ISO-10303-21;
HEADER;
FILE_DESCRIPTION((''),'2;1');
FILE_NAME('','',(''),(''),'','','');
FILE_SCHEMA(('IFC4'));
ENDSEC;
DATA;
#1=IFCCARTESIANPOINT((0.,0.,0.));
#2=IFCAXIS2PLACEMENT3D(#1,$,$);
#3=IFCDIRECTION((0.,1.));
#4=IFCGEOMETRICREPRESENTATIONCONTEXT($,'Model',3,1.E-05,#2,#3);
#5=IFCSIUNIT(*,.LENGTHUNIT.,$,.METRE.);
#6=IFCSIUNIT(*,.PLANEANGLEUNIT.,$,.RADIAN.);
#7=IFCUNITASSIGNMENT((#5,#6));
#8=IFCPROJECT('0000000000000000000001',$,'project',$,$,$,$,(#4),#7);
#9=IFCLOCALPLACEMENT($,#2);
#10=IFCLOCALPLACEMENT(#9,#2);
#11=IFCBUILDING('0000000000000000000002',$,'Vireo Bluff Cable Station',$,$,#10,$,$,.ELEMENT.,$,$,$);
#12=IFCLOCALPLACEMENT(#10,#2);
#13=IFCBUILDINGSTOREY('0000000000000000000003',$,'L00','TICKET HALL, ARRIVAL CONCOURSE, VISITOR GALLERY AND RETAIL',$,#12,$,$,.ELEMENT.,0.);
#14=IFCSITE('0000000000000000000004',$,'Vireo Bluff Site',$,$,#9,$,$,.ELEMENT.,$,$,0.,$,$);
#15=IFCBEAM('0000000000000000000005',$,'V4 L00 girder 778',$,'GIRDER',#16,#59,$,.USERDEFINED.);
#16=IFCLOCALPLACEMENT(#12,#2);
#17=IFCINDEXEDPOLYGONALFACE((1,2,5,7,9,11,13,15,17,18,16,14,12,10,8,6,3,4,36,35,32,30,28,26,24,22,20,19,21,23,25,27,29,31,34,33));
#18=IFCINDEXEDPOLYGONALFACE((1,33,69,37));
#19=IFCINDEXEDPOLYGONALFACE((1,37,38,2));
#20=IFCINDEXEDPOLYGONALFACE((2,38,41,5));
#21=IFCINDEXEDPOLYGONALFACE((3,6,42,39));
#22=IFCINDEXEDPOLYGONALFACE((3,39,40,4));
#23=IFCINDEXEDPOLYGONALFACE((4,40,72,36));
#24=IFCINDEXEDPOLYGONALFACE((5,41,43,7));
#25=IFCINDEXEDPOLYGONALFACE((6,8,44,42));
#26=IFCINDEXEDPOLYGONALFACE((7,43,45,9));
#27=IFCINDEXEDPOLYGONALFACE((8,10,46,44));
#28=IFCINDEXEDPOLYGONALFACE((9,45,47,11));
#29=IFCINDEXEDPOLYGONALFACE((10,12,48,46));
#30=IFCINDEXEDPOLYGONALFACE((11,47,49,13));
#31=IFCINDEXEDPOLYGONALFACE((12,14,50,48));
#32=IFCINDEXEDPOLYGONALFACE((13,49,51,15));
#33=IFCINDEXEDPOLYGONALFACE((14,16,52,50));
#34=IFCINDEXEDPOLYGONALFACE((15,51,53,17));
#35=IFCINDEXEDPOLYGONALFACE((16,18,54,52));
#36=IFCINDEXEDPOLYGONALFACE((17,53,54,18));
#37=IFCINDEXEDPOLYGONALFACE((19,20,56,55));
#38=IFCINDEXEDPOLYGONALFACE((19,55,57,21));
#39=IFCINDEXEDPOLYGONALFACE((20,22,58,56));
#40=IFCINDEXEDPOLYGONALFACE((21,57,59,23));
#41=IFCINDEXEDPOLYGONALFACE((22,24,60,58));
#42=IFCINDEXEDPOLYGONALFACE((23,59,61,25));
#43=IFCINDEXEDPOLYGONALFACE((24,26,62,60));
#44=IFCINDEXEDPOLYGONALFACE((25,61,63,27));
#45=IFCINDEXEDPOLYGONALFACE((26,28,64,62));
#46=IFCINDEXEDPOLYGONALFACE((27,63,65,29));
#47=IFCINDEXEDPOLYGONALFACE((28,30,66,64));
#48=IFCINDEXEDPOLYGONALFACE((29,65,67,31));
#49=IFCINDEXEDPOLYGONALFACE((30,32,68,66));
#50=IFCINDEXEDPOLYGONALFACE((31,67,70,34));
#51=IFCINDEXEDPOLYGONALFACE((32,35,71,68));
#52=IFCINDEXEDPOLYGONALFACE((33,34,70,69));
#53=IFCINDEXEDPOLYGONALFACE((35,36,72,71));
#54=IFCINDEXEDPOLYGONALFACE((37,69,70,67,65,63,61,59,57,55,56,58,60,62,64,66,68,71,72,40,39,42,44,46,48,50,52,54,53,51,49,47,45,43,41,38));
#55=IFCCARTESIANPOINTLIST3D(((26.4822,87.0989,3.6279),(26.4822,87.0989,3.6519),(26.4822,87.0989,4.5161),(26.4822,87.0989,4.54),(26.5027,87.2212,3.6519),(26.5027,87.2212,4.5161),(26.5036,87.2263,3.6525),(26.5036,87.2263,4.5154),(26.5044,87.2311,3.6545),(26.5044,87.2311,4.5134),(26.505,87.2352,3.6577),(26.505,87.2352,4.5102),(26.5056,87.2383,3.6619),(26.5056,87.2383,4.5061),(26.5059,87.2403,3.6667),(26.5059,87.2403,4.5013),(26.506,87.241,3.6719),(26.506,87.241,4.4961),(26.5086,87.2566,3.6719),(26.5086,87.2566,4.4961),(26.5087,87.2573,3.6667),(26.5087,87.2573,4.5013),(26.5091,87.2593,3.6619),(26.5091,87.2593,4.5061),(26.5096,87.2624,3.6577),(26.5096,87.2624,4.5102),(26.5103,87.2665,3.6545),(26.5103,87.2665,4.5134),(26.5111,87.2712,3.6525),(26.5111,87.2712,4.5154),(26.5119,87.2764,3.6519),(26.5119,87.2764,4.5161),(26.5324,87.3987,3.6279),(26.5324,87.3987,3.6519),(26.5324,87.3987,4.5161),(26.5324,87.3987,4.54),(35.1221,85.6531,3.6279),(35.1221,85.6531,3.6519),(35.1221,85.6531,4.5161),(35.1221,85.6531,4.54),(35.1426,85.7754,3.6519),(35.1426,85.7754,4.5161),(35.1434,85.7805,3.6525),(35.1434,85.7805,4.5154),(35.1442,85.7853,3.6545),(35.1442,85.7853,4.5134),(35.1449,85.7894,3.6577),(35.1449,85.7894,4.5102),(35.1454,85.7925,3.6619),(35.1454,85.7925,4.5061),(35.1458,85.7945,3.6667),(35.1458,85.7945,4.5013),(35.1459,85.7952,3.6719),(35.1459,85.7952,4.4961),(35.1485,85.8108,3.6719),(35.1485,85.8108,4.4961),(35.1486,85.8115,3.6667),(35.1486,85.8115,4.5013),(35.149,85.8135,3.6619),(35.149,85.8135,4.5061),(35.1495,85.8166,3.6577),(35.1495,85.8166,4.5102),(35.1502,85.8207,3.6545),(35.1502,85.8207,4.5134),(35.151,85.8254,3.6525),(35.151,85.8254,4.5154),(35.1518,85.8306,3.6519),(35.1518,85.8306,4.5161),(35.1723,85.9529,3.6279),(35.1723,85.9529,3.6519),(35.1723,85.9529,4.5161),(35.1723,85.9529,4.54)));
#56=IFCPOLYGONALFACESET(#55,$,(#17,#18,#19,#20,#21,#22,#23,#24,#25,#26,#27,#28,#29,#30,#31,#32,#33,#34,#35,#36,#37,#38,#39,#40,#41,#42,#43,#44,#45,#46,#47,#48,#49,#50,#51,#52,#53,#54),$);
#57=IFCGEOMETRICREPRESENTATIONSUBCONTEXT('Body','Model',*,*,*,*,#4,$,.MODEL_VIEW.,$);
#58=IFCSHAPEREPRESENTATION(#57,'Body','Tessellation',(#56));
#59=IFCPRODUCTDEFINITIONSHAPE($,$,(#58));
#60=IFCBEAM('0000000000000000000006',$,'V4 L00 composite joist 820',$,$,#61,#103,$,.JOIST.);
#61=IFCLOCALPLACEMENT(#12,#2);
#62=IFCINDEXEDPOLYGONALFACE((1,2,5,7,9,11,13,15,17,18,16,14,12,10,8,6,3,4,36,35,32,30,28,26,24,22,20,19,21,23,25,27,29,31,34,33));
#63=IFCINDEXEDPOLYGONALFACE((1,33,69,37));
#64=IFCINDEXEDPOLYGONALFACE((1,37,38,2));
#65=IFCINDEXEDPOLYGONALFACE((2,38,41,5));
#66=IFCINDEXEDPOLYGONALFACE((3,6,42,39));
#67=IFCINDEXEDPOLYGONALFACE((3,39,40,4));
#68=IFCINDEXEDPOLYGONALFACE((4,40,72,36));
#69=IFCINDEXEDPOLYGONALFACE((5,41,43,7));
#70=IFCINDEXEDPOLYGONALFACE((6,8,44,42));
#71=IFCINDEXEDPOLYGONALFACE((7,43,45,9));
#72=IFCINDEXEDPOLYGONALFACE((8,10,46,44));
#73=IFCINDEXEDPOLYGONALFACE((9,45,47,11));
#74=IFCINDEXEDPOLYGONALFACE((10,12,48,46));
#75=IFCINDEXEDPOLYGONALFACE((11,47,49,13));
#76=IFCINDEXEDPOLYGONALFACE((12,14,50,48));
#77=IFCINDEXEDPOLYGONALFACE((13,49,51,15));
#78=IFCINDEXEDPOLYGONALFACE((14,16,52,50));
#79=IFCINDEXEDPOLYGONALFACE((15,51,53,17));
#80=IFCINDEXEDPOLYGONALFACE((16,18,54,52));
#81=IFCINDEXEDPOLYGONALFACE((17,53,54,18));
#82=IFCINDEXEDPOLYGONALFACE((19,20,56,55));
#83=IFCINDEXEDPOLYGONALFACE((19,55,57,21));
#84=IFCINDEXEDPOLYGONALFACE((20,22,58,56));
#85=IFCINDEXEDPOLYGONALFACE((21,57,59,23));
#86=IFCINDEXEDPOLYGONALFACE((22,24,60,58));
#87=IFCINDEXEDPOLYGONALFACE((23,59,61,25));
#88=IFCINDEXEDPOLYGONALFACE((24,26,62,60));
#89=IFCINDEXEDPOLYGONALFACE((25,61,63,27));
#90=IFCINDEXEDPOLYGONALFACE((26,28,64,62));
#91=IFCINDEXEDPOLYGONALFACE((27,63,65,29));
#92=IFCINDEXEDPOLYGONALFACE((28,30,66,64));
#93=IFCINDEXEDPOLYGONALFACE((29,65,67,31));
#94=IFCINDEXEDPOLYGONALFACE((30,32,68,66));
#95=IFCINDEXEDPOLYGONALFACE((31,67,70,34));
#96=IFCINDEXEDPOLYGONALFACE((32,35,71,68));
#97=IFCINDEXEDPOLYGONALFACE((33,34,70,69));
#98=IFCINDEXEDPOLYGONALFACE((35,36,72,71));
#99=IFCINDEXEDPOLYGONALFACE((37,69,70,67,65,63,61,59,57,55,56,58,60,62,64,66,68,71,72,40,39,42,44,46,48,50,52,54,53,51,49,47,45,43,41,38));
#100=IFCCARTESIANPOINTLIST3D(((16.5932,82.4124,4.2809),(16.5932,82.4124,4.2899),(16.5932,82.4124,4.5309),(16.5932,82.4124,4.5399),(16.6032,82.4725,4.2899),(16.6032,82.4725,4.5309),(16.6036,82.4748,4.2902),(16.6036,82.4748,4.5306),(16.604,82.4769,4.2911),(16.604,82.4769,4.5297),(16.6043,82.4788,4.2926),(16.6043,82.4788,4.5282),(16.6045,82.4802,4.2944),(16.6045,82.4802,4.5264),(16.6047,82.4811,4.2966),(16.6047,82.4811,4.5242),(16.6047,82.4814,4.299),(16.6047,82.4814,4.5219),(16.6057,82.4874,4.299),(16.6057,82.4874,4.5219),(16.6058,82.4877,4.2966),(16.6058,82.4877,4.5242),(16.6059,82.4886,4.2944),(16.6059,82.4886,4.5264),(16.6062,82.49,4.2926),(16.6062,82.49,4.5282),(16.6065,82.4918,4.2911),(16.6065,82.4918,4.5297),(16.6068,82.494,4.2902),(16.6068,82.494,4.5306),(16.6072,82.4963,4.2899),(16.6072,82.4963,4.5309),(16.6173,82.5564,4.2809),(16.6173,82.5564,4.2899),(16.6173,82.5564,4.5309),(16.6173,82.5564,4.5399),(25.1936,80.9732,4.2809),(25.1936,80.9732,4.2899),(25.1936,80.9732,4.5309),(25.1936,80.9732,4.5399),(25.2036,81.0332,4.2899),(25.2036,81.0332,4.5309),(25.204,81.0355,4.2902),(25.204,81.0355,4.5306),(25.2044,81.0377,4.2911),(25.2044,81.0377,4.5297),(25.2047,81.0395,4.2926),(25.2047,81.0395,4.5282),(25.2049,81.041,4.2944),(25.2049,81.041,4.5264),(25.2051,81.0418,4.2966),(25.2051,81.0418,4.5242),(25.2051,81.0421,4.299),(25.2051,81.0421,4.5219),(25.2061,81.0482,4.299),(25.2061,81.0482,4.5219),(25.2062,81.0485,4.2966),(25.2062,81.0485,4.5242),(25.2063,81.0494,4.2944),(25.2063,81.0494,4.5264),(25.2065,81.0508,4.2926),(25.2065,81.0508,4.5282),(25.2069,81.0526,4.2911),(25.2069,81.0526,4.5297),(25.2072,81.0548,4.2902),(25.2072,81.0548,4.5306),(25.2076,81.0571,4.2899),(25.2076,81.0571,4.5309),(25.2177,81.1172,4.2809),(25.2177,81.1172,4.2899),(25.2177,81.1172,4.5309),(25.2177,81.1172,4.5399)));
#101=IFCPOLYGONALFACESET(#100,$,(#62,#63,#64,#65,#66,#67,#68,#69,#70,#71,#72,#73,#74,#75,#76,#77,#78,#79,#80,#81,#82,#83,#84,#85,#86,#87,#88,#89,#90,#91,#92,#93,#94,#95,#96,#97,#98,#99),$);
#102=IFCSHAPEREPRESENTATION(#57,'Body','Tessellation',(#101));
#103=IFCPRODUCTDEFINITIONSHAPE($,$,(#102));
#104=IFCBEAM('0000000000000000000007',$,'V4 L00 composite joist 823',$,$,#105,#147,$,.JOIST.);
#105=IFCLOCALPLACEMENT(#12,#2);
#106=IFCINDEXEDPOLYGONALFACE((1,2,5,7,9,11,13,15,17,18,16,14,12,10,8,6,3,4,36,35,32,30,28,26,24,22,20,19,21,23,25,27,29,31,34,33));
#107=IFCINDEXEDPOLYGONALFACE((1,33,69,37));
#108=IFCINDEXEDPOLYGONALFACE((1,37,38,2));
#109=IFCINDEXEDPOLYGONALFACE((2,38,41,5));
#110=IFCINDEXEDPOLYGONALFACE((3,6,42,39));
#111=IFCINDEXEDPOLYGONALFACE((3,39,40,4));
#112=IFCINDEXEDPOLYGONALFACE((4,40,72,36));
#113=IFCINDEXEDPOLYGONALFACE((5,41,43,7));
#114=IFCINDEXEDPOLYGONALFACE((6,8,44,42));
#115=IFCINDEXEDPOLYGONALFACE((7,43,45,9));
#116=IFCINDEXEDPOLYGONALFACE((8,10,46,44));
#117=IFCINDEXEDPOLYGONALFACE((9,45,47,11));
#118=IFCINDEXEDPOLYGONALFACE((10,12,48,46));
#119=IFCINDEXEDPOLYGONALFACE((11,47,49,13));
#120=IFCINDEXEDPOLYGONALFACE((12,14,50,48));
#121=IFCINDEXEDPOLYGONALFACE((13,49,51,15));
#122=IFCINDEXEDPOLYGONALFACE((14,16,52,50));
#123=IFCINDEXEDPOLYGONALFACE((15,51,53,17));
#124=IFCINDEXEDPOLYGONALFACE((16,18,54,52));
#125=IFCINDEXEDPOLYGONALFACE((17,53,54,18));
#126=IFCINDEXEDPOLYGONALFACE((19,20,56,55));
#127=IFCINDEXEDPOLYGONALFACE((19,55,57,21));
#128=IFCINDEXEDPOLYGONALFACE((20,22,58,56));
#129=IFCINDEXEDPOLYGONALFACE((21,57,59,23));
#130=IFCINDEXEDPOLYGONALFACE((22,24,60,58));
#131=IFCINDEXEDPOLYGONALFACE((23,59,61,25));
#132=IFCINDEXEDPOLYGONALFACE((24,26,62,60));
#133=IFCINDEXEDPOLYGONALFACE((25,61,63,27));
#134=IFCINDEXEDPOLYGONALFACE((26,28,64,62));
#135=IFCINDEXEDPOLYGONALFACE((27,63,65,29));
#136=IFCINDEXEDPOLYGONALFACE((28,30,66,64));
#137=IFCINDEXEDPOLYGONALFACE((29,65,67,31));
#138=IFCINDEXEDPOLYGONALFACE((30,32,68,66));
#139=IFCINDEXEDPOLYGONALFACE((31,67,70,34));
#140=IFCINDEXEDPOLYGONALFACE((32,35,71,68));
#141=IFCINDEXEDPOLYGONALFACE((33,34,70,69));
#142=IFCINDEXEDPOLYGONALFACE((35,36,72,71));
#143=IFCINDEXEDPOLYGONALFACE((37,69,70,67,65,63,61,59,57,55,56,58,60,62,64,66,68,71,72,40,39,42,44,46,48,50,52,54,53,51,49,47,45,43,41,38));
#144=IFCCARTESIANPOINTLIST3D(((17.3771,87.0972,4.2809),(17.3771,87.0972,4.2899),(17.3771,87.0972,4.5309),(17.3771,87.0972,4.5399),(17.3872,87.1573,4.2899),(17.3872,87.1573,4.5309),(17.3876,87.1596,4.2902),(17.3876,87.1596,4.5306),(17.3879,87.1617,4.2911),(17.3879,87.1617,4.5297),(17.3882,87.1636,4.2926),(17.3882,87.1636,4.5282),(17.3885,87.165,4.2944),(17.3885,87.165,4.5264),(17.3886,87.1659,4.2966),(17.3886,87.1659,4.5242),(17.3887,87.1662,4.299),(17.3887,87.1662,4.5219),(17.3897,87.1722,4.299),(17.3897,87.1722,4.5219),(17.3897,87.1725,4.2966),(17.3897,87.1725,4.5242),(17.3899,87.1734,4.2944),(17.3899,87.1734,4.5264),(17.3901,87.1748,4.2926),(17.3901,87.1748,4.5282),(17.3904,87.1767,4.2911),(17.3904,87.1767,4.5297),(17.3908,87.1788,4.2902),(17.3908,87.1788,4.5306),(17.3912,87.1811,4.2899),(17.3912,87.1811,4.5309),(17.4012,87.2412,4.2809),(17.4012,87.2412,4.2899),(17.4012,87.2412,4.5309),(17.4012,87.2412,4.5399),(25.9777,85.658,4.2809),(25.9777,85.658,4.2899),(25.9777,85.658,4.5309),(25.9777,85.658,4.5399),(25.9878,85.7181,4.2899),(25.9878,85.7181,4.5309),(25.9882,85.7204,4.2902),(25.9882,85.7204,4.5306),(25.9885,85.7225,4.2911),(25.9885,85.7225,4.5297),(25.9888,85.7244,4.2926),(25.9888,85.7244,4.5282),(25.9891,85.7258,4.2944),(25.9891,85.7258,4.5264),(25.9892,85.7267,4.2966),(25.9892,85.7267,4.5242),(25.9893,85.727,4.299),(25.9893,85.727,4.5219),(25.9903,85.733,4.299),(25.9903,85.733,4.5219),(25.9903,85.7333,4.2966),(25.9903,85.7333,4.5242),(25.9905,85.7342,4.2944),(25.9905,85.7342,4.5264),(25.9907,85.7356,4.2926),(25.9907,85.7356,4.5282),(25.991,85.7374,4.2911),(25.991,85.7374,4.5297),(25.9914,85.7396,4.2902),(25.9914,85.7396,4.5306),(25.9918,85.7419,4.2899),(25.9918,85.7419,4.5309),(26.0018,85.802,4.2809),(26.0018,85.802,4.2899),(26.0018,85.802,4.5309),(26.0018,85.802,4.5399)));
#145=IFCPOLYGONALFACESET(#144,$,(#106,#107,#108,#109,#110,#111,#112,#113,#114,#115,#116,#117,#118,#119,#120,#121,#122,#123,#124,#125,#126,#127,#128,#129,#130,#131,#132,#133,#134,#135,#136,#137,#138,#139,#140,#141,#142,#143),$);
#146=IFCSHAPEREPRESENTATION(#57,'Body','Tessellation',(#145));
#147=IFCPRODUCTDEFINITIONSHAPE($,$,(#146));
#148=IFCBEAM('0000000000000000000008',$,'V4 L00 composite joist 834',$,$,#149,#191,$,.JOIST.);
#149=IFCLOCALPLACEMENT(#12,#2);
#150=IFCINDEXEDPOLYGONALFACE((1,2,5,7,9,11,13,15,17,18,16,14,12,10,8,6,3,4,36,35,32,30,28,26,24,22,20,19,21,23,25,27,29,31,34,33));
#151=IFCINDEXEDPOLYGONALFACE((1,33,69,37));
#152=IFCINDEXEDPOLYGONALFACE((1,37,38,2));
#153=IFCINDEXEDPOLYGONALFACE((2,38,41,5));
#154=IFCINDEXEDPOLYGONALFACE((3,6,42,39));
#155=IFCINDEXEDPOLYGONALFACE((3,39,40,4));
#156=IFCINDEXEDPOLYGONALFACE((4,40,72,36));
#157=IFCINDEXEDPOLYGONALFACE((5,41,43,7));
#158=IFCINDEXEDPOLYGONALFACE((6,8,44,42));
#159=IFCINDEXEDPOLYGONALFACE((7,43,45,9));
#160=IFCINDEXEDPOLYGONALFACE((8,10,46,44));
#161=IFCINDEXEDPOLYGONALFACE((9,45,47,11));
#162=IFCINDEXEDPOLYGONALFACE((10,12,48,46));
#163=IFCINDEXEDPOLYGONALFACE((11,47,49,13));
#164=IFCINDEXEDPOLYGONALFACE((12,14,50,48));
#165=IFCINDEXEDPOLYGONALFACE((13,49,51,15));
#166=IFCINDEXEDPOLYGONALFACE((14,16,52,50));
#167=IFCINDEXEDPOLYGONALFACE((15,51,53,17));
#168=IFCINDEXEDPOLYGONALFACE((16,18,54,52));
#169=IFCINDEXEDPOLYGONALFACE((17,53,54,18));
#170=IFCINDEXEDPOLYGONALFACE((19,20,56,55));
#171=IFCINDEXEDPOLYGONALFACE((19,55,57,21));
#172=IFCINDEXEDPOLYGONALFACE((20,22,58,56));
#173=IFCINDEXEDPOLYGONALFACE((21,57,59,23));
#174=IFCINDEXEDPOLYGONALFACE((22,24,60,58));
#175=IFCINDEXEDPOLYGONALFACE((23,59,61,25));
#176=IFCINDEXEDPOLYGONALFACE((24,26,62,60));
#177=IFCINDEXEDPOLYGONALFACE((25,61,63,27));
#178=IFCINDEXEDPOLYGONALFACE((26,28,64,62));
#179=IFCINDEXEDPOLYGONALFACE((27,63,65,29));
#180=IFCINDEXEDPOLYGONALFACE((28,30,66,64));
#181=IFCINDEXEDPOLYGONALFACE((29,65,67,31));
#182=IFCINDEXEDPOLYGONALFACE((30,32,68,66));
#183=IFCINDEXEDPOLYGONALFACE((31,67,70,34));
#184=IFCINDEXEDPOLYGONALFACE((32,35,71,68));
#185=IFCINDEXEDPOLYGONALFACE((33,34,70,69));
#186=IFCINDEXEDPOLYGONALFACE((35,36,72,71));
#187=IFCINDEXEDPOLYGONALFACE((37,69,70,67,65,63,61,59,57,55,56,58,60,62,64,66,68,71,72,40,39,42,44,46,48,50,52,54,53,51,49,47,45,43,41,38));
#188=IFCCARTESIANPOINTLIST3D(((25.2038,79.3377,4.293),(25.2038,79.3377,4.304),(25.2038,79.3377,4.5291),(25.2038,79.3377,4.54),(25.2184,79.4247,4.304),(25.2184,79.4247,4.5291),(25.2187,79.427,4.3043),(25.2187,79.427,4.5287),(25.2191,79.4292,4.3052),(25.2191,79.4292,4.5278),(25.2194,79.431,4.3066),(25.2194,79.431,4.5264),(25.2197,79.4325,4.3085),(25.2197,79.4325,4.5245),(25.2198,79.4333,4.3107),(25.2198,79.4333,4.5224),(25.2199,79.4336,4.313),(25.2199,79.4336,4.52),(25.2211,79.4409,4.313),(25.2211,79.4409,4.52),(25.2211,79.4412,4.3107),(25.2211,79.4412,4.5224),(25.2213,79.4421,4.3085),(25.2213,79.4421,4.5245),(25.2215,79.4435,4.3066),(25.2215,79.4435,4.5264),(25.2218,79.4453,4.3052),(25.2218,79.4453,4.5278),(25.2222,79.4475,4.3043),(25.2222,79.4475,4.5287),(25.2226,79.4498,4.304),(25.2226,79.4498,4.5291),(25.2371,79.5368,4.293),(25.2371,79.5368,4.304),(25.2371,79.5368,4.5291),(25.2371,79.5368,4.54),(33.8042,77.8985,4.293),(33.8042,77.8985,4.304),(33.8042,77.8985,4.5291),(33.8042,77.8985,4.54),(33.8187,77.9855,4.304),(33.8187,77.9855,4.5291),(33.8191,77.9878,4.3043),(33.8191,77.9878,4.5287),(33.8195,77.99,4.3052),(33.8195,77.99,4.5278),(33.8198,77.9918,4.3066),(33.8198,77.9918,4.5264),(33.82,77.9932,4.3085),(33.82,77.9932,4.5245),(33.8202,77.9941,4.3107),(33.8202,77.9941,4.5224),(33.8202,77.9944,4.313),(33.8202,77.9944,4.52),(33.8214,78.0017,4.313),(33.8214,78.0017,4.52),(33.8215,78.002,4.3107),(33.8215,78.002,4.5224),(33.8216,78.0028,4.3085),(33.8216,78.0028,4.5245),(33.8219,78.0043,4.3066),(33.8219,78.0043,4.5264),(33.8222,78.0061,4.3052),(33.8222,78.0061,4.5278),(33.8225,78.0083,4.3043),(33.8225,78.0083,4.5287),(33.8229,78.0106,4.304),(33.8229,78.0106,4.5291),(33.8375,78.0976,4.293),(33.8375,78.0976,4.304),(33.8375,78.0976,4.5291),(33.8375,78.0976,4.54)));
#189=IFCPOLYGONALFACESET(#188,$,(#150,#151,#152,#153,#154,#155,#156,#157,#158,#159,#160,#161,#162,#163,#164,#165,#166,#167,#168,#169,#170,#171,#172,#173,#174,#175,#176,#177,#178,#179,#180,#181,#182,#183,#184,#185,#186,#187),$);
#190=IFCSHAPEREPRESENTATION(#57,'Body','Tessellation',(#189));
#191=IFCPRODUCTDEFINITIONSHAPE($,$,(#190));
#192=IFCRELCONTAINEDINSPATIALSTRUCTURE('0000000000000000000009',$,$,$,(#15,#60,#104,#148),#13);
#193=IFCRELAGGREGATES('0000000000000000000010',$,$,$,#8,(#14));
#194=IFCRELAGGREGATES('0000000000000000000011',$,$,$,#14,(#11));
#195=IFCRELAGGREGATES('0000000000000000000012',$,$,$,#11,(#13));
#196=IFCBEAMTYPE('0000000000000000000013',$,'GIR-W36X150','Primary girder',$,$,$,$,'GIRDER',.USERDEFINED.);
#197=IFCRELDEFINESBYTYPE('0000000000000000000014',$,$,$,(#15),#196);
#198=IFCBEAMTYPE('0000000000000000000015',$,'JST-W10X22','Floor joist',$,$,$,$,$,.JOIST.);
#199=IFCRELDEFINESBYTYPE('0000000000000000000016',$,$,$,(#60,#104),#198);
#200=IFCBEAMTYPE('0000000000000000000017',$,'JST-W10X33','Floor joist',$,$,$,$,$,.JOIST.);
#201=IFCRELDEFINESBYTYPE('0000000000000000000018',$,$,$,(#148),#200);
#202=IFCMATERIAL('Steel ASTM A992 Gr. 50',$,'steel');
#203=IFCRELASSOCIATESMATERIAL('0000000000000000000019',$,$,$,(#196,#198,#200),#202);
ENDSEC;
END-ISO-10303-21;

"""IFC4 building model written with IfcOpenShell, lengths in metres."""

from ifc_helpers import new_model, si_unit, direction, frame, origin, origin_2d, place, context, subcontext, project, spatial, i_section, extrude, material, material_profile, profile_set, type_object, element, save


model = new_model("IFC4")

# Units and contexts
model_context = context("Model", 3, precision=1e-05, world=origin(), true_north=direction((0.0, 1.0)))
body_context = subcontext(model_context, "Body", "Model", "MODEL_VIEW")
ifc_project = project(units=[si_unit("LENGTHUNIT", "METRE"), si_unit("PLANEANGLEUNIT", "RADIAN")], contexts=[model_context])

# Site, building, storey
site_placement = place(None, origin())
site = spatial("IfcSite", under=ifc_project, at=site_placement, Name="Vireo Bluff Site", CompositionType="ELEMENT", RefElevation=0.0)
building_placement = place(site_placement, origin())
building = spatial("IfcBuilding", under=site, at=building_placement, Name="Vireo Bluff Cable Station", CompositionType="ELEMENT")
storey_placement = place(building_placement, origin())
storey = spatial("IfcBuildingStorey", under=building, at=storey_placement, Name="L00", Description="TICKET HALL, ARRIVAL CONCOURSE, VISITOR GALLERY AND RETAIL", CompositionType="ELEMENT", Elevation=0.0)

# Shared definitions
ifc_material_1 = material(Name="Steel ASTM A992 Gr. 50", Category="steel")

# Beams
ifc_material_profile_1 = material_profile(ifc_material_1, i_section(OverallWidth=0.304, OverallDepth=0.9121, WebThickness=0.0159, FlangeThickness=0.0239, FilletRadius=0.02, at=origin_2d()), Name="W36X150")
ifc_profile_set_1 = profile_set([ifc_material_profile_1], Name="Steel ASTM A992 Gr. 50")
beam_type_1 = type_object("IfcBeamType", Name="GIR-W36X150", Description="Primary girder", ElementType="GIRDER", PredefinedType="USERDEFINED", material=ifc_profile_set_1)
beam_1_placement = place(storey_placement, frame((26.5073, 87.2488, 4.084), z_axis=(0.986286, -0.165045, 0.0), x_axis=(0.165045, 0.986286, 0.0)))
element("IfcBeam", 1, at=beam_1_placement, inside=storey, type_object=beam_type_1, Name="V4 L00 girder 778", ObjectType="GIRDER", PredefinedType="USERDEFINED", context=body_context, shape_type="SweptSolid", body=[
    extrude(i_section(OverallWidth=0.304, OverallDepth=0.9121, WebThickness=0.0159, FlangeThickness=0.0239, FilletRadius=0.02, at=origin_2d()), origin(), (0.0, 0.0, 1.0), 8.76),
])
ifc_material_profile_2 = material_profile(ifc_material_1, i_section(OverallWidth=0.146, OverallDepth=0.259, WebThickness=0.0061, FlangeThickness=0.009, FilletRadius=0.009, at=origin_2d()), Name="W10X22")
ifc_profile_set_2 = profile_set([ifc_material_profile_2], Name="Steel ASTM A992 Gr. 50")
beam_type_2 = type_object("IfcBeamType", Name="JST-W10X22", Description="Floor joist", PredefinedType="JOIST", material=ifc_profile_set_2)
beam_2_placement = place(storey_placement, frame((16.6052, 82.4844, 4.4104), z_axis=(0.986286, -0.165048, 0.0), x_axis=(0.165048, 0.986286, 0.0)))
element("IfcBeam", 2, at=beam_2_placement, inside=storey, type_object=beam_type_2, Name="V4 L00 composite joist 820", PredefinedType="JOIST", context=body_context, shape_type="SweptSolid", body=[
    extrude(i_section(OverallWidth=0.146, OverallDepth=0.259, WebThickness=0.0061, FlangeThickness=0.009, FilletRadius=0.009, at=origin_2d()), origin(), (0.0, 0.0, 1.0), 8.72),
])
beam_3_placement = place(storey_placement, frame((17.3892, 87.1692, 4.4104), z_axis=(0.986286, -0.165044, 0.0), x_axis=(0.165044, 0.986286, 0.0)))
element("IfcBeam", 3, at=beam_3_placement, inside=storey, type_object=beam_type_2, Name="V4 L00 composite joist 823", PredefinedType="JOIST", context=body_context, shape_type="SweptSolid", body=[
    extrude(i_section(OverallWidth=0.146, OverallDepth=0.259, WebThickness=0.0061, FlangeThickness=0.009, FilletRadius=0.009, at=origin_2d()), origin(), (0.0, 0.0, 1.0), 8.7202),
])
ifc_material_profile_3 = material_profile(ifc_material_1, i_section(OverallWidth=0.2019, OverallDepth=0.2471, WebThickness=0.0073, FlangeThickness=0.011, FilletRadius=0.009, at=origin_2d()), Name="W10X33")
ifc_profile_set_3 = profile_set([ifc_material_profile_3], Name="Steel ASTM A992 Gr. 50")
beam_type_3 = type_object("IfcBeamType", Name="JST-W10X33", Description="Floor joist", PredefinedType="JOIST", material=ifc_profile_set_3)
beam_4_placement = place(storey_placement, frame((25.2205, 79.4373, 4.4165), z_axis=(0.986286, -0.165048, 0.0), x_axis=(0.165048, 0.986286, 0.0)))
element("IfcBeam", 4, at=beam_4_placement, inside=storey, type_object=beam_type_3, Name="V4 L00 composite joist 834", PredefinedType="JOIST", context=body_context, shape_type="SweptSolid", body=[
    extrude(i_section(OverallWidth=0.2019, OverallDepth=0.2471, WebThickness=0.0073, FlangeThickness=0.011, FilletRadius=0.009, at=origin_2d()), origin(), (0.0, 0.0, 1.0), 8.72),
])

save(model, "model.ifc")
